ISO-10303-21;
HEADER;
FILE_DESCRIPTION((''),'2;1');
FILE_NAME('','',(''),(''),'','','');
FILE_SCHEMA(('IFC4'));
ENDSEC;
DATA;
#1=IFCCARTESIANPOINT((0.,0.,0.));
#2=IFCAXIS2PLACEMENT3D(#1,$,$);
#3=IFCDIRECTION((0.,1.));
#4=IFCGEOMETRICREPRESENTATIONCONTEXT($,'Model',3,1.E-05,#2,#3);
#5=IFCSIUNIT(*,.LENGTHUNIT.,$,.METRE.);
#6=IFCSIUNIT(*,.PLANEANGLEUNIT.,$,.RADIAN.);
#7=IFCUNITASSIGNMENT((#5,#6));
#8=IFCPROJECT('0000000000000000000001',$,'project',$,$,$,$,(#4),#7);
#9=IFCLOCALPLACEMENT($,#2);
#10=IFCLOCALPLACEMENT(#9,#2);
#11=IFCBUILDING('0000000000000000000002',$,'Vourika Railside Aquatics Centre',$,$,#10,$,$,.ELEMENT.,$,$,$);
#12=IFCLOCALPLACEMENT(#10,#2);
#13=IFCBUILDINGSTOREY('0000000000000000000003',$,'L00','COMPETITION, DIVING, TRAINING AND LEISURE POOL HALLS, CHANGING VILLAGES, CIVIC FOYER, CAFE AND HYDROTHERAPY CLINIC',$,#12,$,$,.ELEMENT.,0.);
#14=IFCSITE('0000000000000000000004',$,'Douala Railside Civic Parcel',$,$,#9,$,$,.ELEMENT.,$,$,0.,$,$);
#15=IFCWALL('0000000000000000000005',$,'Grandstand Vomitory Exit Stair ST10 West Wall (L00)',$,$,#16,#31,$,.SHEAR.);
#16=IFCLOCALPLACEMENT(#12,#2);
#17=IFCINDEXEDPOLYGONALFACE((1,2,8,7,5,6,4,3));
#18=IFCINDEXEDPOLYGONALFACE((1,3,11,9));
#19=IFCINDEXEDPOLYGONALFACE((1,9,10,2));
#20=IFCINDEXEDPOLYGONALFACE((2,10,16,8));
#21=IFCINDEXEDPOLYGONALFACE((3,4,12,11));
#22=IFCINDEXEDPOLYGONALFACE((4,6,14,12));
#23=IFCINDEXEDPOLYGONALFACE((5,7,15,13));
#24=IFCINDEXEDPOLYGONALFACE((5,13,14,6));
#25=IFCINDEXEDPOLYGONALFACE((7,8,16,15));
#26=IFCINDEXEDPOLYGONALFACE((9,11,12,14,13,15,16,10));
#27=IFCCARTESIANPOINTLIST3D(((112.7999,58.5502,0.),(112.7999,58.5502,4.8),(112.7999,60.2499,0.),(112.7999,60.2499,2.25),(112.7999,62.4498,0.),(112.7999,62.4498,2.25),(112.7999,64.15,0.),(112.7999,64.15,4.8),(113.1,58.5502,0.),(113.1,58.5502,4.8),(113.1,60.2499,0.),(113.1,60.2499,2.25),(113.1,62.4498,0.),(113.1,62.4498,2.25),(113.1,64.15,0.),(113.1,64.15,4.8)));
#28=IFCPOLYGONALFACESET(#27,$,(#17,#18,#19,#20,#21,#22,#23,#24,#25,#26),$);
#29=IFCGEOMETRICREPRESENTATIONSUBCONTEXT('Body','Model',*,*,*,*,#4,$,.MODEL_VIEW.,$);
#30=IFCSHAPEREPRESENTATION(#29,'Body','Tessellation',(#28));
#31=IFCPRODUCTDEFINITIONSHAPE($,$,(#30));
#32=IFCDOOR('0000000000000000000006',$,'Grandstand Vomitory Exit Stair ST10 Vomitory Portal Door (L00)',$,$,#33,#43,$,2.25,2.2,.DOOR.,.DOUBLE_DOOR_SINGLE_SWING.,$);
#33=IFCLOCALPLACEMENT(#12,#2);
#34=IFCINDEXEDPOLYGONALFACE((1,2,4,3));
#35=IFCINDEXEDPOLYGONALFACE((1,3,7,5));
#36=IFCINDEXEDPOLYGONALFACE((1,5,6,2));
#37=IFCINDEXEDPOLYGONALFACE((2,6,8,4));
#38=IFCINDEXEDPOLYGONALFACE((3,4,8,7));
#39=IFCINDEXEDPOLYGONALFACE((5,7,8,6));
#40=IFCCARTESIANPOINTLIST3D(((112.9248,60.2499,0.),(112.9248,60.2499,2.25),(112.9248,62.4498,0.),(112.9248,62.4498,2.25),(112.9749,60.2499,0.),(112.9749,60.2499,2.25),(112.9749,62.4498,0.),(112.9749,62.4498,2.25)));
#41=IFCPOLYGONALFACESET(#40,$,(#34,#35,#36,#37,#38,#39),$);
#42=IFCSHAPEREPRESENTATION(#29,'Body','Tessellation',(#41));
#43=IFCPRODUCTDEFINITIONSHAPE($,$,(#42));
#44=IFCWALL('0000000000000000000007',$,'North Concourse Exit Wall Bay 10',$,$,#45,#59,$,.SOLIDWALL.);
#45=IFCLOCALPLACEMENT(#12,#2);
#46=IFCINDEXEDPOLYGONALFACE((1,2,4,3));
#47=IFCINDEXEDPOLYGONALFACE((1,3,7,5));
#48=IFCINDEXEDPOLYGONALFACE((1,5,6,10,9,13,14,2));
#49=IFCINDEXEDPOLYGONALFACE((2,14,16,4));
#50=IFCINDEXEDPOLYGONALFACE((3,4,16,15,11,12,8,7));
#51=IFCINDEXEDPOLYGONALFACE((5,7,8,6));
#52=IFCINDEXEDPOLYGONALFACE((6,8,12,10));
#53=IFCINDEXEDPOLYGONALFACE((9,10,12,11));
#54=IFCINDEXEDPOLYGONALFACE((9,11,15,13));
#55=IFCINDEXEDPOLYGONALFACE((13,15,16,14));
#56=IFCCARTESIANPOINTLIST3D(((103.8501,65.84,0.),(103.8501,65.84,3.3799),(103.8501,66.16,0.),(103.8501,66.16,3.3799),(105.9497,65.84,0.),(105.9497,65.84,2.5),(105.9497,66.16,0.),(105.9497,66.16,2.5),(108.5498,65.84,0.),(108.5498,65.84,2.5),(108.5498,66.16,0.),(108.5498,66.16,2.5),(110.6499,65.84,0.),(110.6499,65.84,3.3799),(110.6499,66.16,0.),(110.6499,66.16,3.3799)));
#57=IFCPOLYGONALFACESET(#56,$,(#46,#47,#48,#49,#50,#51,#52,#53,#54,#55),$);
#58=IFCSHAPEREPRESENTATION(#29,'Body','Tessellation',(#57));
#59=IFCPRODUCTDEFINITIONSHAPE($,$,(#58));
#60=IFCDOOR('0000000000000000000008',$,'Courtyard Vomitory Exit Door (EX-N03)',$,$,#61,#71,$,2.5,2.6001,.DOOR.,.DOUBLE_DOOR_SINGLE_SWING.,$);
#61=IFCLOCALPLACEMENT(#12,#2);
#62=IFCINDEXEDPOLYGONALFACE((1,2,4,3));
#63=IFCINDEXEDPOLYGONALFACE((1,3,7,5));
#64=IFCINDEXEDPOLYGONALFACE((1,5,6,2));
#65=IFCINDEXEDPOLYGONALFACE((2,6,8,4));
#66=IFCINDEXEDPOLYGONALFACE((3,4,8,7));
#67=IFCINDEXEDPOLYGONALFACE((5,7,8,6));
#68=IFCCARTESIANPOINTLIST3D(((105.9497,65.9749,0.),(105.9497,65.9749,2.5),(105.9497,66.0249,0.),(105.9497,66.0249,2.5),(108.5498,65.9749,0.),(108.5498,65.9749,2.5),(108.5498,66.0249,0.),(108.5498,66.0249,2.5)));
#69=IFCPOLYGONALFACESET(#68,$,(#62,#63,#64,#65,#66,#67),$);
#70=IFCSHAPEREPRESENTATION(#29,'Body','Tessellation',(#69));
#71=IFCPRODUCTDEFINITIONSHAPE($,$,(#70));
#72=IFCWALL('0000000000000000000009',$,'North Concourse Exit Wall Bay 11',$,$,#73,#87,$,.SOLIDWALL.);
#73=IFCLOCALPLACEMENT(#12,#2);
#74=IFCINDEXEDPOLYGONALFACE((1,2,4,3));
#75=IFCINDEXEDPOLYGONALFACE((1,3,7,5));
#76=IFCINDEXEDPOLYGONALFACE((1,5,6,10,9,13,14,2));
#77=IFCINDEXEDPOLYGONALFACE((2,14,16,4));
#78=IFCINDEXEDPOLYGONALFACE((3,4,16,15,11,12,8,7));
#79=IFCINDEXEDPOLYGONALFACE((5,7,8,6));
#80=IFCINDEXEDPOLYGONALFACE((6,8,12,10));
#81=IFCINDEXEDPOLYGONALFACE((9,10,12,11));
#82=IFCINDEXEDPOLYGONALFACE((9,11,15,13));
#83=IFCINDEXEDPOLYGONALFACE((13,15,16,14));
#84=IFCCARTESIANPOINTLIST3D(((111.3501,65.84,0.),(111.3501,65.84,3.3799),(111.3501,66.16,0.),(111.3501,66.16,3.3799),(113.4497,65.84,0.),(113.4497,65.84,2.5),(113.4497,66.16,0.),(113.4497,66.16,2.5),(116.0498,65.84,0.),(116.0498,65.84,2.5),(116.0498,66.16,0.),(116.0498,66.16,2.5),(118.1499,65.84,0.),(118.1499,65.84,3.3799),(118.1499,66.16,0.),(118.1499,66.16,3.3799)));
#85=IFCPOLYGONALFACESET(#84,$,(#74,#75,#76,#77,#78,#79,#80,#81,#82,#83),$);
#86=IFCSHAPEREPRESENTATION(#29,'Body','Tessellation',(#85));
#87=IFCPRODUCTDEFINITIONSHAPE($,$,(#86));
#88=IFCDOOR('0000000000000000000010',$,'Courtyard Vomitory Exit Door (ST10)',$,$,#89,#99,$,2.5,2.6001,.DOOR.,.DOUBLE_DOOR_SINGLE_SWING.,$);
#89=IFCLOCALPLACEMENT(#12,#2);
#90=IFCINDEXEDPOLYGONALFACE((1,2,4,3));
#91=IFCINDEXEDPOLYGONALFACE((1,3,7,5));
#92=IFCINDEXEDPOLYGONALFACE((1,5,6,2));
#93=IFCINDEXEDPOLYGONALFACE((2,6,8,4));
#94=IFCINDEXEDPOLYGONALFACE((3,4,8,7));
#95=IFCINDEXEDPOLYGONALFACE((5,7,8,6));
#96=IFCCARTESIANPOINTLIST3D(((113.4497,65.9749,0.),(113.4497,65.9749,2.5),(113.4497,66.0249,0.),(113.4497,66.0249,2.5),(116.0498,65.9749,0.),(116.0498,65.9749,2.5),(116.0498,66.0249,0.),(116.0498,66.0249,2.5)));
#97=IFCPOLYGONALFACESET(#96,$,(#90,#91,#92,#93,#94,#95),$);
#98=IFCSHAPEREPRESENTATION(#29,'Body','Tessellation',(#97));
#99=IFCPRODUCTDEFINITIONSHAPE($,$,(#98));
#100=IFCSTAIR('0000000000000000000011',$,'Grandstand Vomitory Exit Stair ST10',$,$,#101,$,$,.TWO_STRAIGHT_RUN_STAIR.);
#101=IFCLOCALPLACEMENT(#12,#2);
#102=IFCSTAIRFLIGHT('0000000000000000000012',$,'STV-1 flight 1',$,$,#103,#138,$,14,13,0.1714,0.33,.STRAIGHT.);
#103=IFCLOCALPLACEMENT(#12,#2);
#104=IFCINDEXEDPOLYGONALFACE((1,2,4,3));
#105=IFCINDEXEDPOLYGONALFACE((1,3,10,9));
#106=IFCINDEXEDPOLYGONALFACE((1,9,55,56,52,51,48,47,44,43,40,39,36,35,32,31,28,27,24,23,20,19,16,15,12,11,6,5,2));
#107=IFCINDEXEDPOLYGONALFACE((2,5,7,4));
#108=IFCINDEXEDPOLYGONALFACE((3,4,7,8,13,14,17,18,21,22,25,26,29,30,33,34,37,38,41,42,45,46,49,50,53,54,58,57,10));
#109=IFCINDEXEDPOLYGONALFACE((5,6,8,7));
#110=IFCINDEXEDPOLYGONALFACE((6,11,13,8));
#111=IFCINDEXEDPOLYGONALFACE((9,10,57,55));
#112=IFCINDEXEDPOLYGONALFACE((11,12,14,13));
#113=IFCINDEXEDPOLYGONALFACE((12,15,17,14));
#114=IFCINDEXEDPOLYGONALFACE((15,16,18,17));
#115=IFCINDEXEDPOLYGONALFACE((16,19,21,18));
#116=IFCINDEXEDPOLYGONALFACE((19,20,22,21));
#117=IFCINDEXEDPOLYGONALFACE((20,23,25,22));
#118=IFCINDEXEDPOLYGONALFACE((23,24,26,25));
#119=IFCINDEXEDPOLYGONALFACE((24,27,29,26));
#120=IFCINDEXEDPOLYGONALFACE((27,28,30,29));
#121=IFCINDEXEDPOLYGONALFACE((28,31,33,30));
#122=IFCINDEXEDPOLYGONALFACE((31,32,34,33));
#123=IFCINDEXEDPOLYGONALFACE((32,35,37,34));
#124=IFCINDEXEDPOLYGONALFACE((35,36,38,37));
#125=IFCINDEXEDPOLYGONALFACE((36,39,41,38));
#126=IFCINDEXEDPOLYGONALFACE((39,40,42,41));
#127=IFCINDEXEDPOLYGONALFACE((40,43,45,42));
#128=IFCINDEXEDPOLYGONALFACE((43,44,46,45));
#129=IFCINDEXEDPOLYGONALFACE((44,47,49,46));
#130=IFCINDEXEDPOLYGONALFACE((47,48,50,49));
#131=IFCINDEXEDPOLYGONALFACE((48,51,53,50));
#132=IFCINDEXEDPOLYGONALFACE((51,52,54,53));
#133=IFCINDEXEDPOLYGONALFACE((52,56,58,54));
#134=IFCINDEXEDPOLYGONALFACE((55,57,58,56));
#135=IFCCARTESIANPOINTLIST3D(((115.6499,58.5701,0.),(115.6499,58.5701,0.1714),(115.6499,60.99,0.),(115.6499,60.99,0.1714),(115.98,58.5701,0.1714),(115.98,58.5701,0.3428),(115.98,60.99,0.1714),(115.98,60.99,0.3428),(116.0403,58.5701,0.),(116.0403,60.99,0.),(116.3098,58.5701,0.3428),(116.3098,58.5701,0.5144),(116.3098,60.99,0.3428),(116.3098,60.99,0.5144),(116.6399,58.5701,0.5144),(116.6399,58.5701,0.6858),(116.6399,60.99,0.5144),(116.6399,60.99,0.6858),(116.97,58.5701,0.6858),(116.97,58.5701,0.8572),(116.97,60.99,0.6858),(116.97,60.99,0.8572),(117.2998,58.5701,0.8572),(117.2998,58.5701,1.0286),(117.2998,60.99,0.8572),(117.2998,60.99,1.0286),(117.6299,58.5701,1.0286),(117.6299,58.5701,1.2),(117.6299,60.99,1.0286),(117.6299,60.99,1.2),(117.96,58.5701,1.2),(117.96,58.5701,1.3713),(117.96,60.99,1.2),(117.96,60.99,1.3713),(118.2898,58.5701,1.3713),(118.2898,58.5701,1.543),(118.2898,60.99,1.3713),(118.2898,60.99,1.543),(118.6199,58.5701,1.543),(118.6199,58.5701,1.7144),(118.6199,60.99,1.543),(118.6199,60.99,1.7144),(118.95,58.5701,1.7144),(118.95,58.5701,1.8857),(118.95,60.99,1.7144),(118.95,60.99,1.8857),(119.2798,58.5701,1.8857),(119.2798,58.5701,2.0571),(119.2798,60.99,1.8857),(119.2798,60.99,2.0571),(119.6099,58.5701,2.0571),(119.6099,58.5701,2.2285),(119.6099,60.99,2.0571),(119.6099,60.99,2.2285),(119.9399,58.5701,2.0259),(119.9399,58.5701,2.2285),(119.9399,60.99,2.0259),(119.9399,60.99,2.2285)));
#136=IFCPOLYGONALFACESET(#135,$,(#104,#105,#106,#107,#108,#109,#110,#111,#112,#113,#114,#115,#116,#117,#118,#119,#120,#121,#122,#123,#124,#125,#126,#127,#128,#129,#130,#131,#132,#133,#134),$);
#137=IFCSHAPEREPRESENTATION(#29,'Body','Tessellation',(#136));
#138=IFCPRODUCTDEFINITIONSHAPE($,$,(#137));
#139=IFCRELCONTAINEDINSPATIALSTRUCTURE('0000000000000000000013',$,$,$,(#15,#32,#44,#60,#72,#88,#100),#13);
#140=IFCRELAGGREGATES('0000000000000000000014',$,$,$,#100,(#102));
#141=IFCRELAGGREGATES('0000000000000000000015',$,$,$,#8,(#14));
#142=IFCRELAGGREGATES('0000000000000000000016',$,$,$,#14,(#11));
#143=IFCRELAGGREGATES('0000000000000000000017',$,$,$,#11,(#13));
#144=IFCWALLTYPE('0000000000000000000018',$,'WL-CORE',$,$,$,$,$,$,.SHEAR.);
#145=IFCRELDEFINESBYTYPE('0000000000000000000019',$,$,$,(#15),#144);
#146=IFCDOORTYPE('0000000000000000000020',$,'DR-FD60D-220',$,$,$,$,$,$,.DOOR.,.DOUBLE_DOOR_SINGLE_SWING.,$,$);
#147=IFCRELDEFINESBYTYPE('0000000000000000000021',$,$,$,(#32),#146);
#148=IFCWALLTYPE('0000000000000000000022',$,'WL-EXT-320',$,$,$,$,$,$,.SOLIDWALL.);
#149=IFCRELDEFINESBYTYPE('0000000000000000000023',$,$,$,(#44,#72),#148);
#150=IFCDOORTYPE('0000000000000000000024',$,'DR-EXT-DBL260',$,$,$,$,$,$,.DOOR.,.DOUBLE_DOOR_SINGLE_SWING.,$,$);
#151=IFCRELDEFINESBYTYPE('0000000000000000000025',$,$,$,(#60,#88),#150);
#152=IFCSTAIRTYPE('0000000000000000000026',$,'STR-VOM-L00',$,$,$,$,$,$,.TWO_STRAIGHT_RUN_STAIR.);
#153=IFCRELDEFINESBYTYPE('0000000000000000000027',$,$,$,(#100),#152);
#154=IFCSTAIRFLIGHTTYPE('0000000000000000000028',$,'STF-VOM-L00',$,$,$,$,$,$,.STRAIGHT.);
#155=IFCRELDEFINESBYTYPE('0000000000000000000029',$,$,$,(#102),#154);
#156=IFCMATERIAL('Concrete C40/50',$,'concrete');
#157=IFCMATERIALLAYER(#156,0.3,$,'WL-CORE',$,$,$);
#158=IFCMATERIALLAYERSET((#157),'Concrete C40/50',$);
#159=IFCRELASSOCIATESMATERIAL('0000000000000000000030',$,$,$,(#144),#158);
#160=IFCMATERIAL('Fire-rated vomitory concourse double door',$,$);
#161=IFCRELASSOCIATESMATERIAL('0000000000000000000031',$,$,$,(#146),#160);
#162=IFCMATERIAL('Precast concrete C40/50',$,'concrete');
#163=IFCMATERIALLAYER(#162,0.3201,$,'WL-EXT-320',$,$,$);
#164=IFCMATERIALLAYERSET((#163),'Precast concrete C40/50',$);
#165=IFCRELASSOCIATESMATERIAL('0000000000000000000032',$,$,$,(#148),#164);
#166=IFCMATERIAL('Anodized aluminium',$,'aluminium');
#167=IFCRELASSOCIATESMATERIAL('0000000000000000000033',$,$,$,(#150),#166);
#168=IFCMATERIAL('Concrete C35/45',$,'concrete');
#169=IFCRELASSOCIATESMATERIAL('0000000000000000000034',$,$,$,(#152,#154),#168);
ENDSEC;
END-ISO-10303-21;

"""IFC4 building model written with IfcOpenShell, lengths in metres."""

from ifc_helpers import new_model, si_unit, direction, frame, frame_2d, origin, place, context, subcontext, project, spatial, polyline, rectangle, outline, extrude, material, layer, layer_set, type_object, element, fill, aggregate, save


model = new_model("IFC4")

# Units and contexts
model_context = context("Model", 3, precision=1e-05, world=origin(), true_north=direction((0.0, 1.0)))
body_context = subcontext(model_context, "Body", "Model", "MODEL_VIEW")
ifc_project = project(units=[si_unit("LENGTHUNIT", "METRE"), si_unit("PLANEANGLEUNIT", "RADIAN")], contexts=[model_context])

# Site, building, storey
site_placement = place(None, origin())
site = spatial("IfcSite", under=ifc_project, at=site_placement, Name="Douala Railside Civic Parcel", CompositionType="ELEMENT", RefElevation=0.0)
building_placement = place(site_placement, origin())
building = spatial("IfcBuilding", under=site, at=building_placement, Name="Vourika Railside Aquatics Centre", CompositionType="ELEMENT")
storey_placement = place(building_placement, origin())
storey = spatial("IfcBuildingStorey", under=building, at=storey_placement, Name="L00", Description="COMPETITION, DIVING, TRAINING AND LEISURE POOL HALLS, CHANGING VILLAGES, CIVIC FOYER, CAFE AND HYDROTHERAPY CLINIC", CompositionType="ELEMENT", Elevation=0.0)

# Shared definitions
ifc_material_1 = material(Name="Concrete C35/45", Category="concrete")
ifc_material_2 = material(Name="Concrete C40/50", Category="concrete")

# Shared definitions
ifc_layer_1 = layer(ifc_material_2, 0.3, Name="WL-CORE")
ifc_layer_set_1 = layer_set([ifc_layer_1], Name="Concrete C40/50")
wall_type_1 = type_object("IfcWallType", Name="WL-CORE", PredefinedType="SHEAR", material=ifc_layer_set_1)

# Walls, openings, doors
wall_1_placement = place(storey_placement, frame((112.95, 64.1499, 0.0), z_axis=(0.0, 0.0, 1.0), x_axis=(0.0, -1.0, 0.0)))
wall_1 = element("IfcWall", 1, at=wall_1_placement, inside=storey, type_object=wall_type_1, Name="Grandstand Vomitory Exit Stair ST10 West Wall (L00)", PredefinedType="SHEAR", context=body_context, shape_type="SweptSolid", body=[
    extrude(rectangle(XDim=5.5999, YDim=0.3, at=frame_2d((2.7998, 0.0))), origin(), (0.0, 0.0, 1.0), 4.8),
])
opening_1_placement = place(wall_1_placement, frame((1.7, 0.0, 0.0)))
opening_1 = element("IfcOpeningElement", 2, at=opening_1_placement, cuts=wall_1, PredefinedType="OPENING", context=body_context, shape_type="SweptSolid", body=[
    extrude(rectangle(XDim=2.2, YDim=2.25, at=frame_2d((1.1001, 1.125))), frame((0.0, 0.1602, 0.0), z_axis=(0.0, -1.0, 0.0), x_axis=(1.0, 0.0, 0.0)), (0.0, 0.0, 1.0), 0.3201),
])
ifc_material_3 = material(Name="Fire-rated vomitory concourse double door")
door_type_1 = type_object("IfcDoorType", Name="DR-FD60D-220", OperationType="DOUBLE_DOOR_SINGLE_SWING", PredefinedType="DOOR", material=ifc_material_3)
door_1_placement = place(opening_1_placement, origin())
door_1 = element("IfcDoor", 3, at=door_1_placement, inside=storey, type_object=door_type_1, Name="Grandstand Vomitory Exit Stair ST10 Vomitory Portal Door (L00)", OperationType="DOUBLE_DOOR_SINGLE_SWING", OverallHeight=2.25, OverallWidth=2.2, PredefinedType="DOOR", context=body_context, shape_type="SweptSolid", body=[
    extrude(rectangle(XDim=2.2, YDim=2.25, at=frame_2d((1.1001, 1.125))), frame((0.0, 0.0249, 0.0), z_axis=(0.0, -1.0, 0.0), x_axis=(1.0, 0.0, 0.0)), (0.0, 0.0, 1.0), 0.05),
])
fill(opening_1, door_1)
ifc_material_4 = material(Name="Precast concrete C40/50", Category="concrete")
ifc_layer_2 = layer(ifc_material_4, 0.3201, Name="WL-EXT-320")
ifc_layer_set_2 = layer_set([ifc_layer_2], Name="Precast concrete C40/50")
wall_type_2 = type_object("IfcWallType", Name="WL-EXT-320", PredefinedType="SOLIDWALL", material=ifc_layer_set_2)
wall_2_placement = place(storey_placement, frame((110.6499, 66.0, 0.0), z_axis=(0.0, 0.0, 1.0), x_axis=(-1.0, 0.0, 0.0)))
wall_2 = element("IfcWall", 4, at=wall_2_placement, inside=storey, type_object=wall_type_2, Name="North Concourse Exit Wall Bay 10", PredefinedType="SOLIDWALL", context=body_context, shape_type="SweptSolid", body=[
    extrude(rectangle(XDim=6.7998, YDim=0.3201, at=frame_2d((3.3999, 0.0))), origin(), (0.0, 0.0, 1.0), 3.3799),
])
opening_2_placement = place(wall_2_placement, frame((2.1001, 0.0, 0.0)))
opening_2 = element("IfcOpeningElement", 5, at=opening_2_placement, cuts=wall_2, PredefinedType="OPENING", context=body_context, shape_type="SweptSolid", body=[
    extrude(rectangle(XDim=2.6001, YDim=2.5, at=frame_2d((1.3, 1.25))), frame((0.0, 0.1699, 0.0), z_axis=(0.0, -1.0, 0.0), x_axis=(1.0, 0.0, 0.0)), (0.0, 0.0, 1.0), 0.3401),
])
ifc_material_5 = material(Name="Anodized aluminium", Category="aluminium")
door_type_2 = type_object("IfcDoorType", Name="DR-EXT-DBL260", OperationType="DOUBLE_DOOR_SINGLE_SWING", PredefinedType="DOOR", material=ifc_material_5)
door_2_placement = place(opening_2_placement, frame((2.6001, 0.0, 0.0), z_axis=(0.0, 0.0, 1.0), x_axis=(-1.0, 0.0, 0.0)))
door_2 = element("IfcDoor", 6, at=door_2_placement, inside=storey, type_object=door_type_2, Name="Courtyard Vomitory Exit Door (EX-N03)", OperationType="DOUBLE_DOOR_SINGLE_SWING", OverallHeight=2.5, OverallWidth=2.6001, PredefinedType="DOOR", context=body_context, shape_type="SweptSolid", body=[
    extrude(rectangle(XDim=2.6001, YDim=2.5, at=frame_2d((1.3, 1.25))), frame((0.0, 0.0249, 0.0), z_axis=(0.0, -1.0, 0.0), x_axis=(1.0, 0.0, 0.0)), (0.0, 0.0, 1.0), 0.05),
])
fill(opening_2, door_2)
wall_3_placement = place(storey_placement, frame((118.1499, 66.0, 0.0), z_axis=(0.0, 0.0, 1.0), x_axis=(-1.0, 0.0, 0.0)))
wall_3 = element("IfcWall", 7, at=wall_3_placement, inside=storey, type_object=wall_type_2, Name="North Concourse Exit Wall Bay 11", PredefinedType="SOLIDWALL", context=body_context, shape_type="SweptSolid", body=[
    extrude(rectangle(XDim=6.7998, YDim=0.3201, at=frame_2d((3.3999, 0.0))), origin(), (0.0, 0.0, 1.0), 3.3799),
])
opening_3_placement = place(wall_3_placement, frame((2.1001, 0.0, 0.0)))
opening_3 = element("IfcOpeningElement", 8, at=opening_3_placement, cuts=wall_3, PredefinedType="OPENING", context=body_context, shape_type="SweptSolid", body=[
    extrude(rectangle(XDim=2.6001, YDim=2.5, at=frame_2d((1.3, 1.25))), frame((0.0, 0.1699, 0.0), z_axis=(0.0, -1.0, 0.0), x_axis=(1.0, 0.0, 0.0)), (0.0, 0.0, 1.0), 0.3401),
])
door_3_placement = place(opening_3_placement, frame((2.6001, 0.0, 0.0), z_axis=(0.0, 0.0, 1.0), x_axis=(-1.0, 0.0, 0.0)))
door_3 = element("IfcDoor", 9, at=door_3_placement, inside=storey, type_object=door_type_2, Name="Courtyard Vomitory Exit Door (ST10)", OperationType="DOUBLE_DOOR_SINGLE_SWING", OverallHeight=2.5, OverallWidth=2.6001, PredefinedType="DOOR", context=body_context, shape_type="SweptSolid", body=[
    extrude(rectangle(XDim=2.6001, YDim=2.5, at=frame_2d((1.3, 1.25))), frame((0.0, 0.0249, 0.0), z_axis=(0.0, -1.0, 0.0), x_axis=(1.0, 0.0, 0.0)), (0.0, 0.0, 1.0), 0.05),
])
fill(opening_3, door_3)

# Stair, stair flight
stair_type = type_object("IfcStairType", Name="STR-VOM-L00", PredefinedType="TWO_STRAIGHT_RUN_STAIR", material=ifc_material_1)
stair_placement = place(storey_placement, origin())
stair = element("IfcStair", 10, at=stair_placement, inside=storey, type_object=stair_type, Name="Grandstand Vomitory Exit Stair ST10", PredefinedType="TWO_STRAIGHT_RUN_STAIR")
stair_flight_type = type_object("IfcStairFlightType", Name="STF-VOM-L00", PredefinedType="STRAIGHT", material=ifc_material_1)
stair_flight_placement = place(storey_placement, frame((115.6499, 59.78, 0.0), z_axis=(0.0, 0.0, 1.0), x_axis=(1.0, 0.0, 0.0)))
stair_flight = element("IfcStairFlight", 11, at=stair_flight_placement, type_object=stair_flight_type, Name="STV-1 flight 1", NumberOfRisers=14, NumberOfTreads=13, PredefinedType="STRAIGHT", RiserHeight=0.1714, TreadLength=0.33, context=body_context, shape_type="SweptSolid", body=[
    extrude(outline(polyline([(0.0, 0.0), (0.0, 0.1714), (0.3301, 0.1714), (0.3301, 0.3428), (0.6599, 0.3428), (0.6599, 0.5144), (0.99, 0.5144), (0.99, 0.6858), (1.3201, 0.6858), (1.3201, 0.8572), (1.6499, 0.8572), (1.6499, 1.0286), (1.98, 1.0286), (1.98, 1.2), (2.3101, 1.2), (2.3101, 1.3713), (2.6399, 1.3713), (2.6399, 1.543), (2.97, 1.543), (2.97, 1.7144), (3.3, 1.7144), (3.3, 1.8857), (3.6299, 1.8857), (3.6299, 2.0571), (3.96, 2.0571), (3.96, 2.2285), (4.29, 2.2285), (4.29, 2.3999), (4.29, 2.0259), (0.3904, 0.0), (0.0, 0.0)])), frame((0.0, 1.21, 0.0), z_axis=(0.0, -1.0, 0.0), x_axis=(1.0, 0.0, 0.0)), (0.0, 0.0, 1.0), 2.4199),
])
aggregate(stair, [stair_flight])

save(model, "model.ifc")
